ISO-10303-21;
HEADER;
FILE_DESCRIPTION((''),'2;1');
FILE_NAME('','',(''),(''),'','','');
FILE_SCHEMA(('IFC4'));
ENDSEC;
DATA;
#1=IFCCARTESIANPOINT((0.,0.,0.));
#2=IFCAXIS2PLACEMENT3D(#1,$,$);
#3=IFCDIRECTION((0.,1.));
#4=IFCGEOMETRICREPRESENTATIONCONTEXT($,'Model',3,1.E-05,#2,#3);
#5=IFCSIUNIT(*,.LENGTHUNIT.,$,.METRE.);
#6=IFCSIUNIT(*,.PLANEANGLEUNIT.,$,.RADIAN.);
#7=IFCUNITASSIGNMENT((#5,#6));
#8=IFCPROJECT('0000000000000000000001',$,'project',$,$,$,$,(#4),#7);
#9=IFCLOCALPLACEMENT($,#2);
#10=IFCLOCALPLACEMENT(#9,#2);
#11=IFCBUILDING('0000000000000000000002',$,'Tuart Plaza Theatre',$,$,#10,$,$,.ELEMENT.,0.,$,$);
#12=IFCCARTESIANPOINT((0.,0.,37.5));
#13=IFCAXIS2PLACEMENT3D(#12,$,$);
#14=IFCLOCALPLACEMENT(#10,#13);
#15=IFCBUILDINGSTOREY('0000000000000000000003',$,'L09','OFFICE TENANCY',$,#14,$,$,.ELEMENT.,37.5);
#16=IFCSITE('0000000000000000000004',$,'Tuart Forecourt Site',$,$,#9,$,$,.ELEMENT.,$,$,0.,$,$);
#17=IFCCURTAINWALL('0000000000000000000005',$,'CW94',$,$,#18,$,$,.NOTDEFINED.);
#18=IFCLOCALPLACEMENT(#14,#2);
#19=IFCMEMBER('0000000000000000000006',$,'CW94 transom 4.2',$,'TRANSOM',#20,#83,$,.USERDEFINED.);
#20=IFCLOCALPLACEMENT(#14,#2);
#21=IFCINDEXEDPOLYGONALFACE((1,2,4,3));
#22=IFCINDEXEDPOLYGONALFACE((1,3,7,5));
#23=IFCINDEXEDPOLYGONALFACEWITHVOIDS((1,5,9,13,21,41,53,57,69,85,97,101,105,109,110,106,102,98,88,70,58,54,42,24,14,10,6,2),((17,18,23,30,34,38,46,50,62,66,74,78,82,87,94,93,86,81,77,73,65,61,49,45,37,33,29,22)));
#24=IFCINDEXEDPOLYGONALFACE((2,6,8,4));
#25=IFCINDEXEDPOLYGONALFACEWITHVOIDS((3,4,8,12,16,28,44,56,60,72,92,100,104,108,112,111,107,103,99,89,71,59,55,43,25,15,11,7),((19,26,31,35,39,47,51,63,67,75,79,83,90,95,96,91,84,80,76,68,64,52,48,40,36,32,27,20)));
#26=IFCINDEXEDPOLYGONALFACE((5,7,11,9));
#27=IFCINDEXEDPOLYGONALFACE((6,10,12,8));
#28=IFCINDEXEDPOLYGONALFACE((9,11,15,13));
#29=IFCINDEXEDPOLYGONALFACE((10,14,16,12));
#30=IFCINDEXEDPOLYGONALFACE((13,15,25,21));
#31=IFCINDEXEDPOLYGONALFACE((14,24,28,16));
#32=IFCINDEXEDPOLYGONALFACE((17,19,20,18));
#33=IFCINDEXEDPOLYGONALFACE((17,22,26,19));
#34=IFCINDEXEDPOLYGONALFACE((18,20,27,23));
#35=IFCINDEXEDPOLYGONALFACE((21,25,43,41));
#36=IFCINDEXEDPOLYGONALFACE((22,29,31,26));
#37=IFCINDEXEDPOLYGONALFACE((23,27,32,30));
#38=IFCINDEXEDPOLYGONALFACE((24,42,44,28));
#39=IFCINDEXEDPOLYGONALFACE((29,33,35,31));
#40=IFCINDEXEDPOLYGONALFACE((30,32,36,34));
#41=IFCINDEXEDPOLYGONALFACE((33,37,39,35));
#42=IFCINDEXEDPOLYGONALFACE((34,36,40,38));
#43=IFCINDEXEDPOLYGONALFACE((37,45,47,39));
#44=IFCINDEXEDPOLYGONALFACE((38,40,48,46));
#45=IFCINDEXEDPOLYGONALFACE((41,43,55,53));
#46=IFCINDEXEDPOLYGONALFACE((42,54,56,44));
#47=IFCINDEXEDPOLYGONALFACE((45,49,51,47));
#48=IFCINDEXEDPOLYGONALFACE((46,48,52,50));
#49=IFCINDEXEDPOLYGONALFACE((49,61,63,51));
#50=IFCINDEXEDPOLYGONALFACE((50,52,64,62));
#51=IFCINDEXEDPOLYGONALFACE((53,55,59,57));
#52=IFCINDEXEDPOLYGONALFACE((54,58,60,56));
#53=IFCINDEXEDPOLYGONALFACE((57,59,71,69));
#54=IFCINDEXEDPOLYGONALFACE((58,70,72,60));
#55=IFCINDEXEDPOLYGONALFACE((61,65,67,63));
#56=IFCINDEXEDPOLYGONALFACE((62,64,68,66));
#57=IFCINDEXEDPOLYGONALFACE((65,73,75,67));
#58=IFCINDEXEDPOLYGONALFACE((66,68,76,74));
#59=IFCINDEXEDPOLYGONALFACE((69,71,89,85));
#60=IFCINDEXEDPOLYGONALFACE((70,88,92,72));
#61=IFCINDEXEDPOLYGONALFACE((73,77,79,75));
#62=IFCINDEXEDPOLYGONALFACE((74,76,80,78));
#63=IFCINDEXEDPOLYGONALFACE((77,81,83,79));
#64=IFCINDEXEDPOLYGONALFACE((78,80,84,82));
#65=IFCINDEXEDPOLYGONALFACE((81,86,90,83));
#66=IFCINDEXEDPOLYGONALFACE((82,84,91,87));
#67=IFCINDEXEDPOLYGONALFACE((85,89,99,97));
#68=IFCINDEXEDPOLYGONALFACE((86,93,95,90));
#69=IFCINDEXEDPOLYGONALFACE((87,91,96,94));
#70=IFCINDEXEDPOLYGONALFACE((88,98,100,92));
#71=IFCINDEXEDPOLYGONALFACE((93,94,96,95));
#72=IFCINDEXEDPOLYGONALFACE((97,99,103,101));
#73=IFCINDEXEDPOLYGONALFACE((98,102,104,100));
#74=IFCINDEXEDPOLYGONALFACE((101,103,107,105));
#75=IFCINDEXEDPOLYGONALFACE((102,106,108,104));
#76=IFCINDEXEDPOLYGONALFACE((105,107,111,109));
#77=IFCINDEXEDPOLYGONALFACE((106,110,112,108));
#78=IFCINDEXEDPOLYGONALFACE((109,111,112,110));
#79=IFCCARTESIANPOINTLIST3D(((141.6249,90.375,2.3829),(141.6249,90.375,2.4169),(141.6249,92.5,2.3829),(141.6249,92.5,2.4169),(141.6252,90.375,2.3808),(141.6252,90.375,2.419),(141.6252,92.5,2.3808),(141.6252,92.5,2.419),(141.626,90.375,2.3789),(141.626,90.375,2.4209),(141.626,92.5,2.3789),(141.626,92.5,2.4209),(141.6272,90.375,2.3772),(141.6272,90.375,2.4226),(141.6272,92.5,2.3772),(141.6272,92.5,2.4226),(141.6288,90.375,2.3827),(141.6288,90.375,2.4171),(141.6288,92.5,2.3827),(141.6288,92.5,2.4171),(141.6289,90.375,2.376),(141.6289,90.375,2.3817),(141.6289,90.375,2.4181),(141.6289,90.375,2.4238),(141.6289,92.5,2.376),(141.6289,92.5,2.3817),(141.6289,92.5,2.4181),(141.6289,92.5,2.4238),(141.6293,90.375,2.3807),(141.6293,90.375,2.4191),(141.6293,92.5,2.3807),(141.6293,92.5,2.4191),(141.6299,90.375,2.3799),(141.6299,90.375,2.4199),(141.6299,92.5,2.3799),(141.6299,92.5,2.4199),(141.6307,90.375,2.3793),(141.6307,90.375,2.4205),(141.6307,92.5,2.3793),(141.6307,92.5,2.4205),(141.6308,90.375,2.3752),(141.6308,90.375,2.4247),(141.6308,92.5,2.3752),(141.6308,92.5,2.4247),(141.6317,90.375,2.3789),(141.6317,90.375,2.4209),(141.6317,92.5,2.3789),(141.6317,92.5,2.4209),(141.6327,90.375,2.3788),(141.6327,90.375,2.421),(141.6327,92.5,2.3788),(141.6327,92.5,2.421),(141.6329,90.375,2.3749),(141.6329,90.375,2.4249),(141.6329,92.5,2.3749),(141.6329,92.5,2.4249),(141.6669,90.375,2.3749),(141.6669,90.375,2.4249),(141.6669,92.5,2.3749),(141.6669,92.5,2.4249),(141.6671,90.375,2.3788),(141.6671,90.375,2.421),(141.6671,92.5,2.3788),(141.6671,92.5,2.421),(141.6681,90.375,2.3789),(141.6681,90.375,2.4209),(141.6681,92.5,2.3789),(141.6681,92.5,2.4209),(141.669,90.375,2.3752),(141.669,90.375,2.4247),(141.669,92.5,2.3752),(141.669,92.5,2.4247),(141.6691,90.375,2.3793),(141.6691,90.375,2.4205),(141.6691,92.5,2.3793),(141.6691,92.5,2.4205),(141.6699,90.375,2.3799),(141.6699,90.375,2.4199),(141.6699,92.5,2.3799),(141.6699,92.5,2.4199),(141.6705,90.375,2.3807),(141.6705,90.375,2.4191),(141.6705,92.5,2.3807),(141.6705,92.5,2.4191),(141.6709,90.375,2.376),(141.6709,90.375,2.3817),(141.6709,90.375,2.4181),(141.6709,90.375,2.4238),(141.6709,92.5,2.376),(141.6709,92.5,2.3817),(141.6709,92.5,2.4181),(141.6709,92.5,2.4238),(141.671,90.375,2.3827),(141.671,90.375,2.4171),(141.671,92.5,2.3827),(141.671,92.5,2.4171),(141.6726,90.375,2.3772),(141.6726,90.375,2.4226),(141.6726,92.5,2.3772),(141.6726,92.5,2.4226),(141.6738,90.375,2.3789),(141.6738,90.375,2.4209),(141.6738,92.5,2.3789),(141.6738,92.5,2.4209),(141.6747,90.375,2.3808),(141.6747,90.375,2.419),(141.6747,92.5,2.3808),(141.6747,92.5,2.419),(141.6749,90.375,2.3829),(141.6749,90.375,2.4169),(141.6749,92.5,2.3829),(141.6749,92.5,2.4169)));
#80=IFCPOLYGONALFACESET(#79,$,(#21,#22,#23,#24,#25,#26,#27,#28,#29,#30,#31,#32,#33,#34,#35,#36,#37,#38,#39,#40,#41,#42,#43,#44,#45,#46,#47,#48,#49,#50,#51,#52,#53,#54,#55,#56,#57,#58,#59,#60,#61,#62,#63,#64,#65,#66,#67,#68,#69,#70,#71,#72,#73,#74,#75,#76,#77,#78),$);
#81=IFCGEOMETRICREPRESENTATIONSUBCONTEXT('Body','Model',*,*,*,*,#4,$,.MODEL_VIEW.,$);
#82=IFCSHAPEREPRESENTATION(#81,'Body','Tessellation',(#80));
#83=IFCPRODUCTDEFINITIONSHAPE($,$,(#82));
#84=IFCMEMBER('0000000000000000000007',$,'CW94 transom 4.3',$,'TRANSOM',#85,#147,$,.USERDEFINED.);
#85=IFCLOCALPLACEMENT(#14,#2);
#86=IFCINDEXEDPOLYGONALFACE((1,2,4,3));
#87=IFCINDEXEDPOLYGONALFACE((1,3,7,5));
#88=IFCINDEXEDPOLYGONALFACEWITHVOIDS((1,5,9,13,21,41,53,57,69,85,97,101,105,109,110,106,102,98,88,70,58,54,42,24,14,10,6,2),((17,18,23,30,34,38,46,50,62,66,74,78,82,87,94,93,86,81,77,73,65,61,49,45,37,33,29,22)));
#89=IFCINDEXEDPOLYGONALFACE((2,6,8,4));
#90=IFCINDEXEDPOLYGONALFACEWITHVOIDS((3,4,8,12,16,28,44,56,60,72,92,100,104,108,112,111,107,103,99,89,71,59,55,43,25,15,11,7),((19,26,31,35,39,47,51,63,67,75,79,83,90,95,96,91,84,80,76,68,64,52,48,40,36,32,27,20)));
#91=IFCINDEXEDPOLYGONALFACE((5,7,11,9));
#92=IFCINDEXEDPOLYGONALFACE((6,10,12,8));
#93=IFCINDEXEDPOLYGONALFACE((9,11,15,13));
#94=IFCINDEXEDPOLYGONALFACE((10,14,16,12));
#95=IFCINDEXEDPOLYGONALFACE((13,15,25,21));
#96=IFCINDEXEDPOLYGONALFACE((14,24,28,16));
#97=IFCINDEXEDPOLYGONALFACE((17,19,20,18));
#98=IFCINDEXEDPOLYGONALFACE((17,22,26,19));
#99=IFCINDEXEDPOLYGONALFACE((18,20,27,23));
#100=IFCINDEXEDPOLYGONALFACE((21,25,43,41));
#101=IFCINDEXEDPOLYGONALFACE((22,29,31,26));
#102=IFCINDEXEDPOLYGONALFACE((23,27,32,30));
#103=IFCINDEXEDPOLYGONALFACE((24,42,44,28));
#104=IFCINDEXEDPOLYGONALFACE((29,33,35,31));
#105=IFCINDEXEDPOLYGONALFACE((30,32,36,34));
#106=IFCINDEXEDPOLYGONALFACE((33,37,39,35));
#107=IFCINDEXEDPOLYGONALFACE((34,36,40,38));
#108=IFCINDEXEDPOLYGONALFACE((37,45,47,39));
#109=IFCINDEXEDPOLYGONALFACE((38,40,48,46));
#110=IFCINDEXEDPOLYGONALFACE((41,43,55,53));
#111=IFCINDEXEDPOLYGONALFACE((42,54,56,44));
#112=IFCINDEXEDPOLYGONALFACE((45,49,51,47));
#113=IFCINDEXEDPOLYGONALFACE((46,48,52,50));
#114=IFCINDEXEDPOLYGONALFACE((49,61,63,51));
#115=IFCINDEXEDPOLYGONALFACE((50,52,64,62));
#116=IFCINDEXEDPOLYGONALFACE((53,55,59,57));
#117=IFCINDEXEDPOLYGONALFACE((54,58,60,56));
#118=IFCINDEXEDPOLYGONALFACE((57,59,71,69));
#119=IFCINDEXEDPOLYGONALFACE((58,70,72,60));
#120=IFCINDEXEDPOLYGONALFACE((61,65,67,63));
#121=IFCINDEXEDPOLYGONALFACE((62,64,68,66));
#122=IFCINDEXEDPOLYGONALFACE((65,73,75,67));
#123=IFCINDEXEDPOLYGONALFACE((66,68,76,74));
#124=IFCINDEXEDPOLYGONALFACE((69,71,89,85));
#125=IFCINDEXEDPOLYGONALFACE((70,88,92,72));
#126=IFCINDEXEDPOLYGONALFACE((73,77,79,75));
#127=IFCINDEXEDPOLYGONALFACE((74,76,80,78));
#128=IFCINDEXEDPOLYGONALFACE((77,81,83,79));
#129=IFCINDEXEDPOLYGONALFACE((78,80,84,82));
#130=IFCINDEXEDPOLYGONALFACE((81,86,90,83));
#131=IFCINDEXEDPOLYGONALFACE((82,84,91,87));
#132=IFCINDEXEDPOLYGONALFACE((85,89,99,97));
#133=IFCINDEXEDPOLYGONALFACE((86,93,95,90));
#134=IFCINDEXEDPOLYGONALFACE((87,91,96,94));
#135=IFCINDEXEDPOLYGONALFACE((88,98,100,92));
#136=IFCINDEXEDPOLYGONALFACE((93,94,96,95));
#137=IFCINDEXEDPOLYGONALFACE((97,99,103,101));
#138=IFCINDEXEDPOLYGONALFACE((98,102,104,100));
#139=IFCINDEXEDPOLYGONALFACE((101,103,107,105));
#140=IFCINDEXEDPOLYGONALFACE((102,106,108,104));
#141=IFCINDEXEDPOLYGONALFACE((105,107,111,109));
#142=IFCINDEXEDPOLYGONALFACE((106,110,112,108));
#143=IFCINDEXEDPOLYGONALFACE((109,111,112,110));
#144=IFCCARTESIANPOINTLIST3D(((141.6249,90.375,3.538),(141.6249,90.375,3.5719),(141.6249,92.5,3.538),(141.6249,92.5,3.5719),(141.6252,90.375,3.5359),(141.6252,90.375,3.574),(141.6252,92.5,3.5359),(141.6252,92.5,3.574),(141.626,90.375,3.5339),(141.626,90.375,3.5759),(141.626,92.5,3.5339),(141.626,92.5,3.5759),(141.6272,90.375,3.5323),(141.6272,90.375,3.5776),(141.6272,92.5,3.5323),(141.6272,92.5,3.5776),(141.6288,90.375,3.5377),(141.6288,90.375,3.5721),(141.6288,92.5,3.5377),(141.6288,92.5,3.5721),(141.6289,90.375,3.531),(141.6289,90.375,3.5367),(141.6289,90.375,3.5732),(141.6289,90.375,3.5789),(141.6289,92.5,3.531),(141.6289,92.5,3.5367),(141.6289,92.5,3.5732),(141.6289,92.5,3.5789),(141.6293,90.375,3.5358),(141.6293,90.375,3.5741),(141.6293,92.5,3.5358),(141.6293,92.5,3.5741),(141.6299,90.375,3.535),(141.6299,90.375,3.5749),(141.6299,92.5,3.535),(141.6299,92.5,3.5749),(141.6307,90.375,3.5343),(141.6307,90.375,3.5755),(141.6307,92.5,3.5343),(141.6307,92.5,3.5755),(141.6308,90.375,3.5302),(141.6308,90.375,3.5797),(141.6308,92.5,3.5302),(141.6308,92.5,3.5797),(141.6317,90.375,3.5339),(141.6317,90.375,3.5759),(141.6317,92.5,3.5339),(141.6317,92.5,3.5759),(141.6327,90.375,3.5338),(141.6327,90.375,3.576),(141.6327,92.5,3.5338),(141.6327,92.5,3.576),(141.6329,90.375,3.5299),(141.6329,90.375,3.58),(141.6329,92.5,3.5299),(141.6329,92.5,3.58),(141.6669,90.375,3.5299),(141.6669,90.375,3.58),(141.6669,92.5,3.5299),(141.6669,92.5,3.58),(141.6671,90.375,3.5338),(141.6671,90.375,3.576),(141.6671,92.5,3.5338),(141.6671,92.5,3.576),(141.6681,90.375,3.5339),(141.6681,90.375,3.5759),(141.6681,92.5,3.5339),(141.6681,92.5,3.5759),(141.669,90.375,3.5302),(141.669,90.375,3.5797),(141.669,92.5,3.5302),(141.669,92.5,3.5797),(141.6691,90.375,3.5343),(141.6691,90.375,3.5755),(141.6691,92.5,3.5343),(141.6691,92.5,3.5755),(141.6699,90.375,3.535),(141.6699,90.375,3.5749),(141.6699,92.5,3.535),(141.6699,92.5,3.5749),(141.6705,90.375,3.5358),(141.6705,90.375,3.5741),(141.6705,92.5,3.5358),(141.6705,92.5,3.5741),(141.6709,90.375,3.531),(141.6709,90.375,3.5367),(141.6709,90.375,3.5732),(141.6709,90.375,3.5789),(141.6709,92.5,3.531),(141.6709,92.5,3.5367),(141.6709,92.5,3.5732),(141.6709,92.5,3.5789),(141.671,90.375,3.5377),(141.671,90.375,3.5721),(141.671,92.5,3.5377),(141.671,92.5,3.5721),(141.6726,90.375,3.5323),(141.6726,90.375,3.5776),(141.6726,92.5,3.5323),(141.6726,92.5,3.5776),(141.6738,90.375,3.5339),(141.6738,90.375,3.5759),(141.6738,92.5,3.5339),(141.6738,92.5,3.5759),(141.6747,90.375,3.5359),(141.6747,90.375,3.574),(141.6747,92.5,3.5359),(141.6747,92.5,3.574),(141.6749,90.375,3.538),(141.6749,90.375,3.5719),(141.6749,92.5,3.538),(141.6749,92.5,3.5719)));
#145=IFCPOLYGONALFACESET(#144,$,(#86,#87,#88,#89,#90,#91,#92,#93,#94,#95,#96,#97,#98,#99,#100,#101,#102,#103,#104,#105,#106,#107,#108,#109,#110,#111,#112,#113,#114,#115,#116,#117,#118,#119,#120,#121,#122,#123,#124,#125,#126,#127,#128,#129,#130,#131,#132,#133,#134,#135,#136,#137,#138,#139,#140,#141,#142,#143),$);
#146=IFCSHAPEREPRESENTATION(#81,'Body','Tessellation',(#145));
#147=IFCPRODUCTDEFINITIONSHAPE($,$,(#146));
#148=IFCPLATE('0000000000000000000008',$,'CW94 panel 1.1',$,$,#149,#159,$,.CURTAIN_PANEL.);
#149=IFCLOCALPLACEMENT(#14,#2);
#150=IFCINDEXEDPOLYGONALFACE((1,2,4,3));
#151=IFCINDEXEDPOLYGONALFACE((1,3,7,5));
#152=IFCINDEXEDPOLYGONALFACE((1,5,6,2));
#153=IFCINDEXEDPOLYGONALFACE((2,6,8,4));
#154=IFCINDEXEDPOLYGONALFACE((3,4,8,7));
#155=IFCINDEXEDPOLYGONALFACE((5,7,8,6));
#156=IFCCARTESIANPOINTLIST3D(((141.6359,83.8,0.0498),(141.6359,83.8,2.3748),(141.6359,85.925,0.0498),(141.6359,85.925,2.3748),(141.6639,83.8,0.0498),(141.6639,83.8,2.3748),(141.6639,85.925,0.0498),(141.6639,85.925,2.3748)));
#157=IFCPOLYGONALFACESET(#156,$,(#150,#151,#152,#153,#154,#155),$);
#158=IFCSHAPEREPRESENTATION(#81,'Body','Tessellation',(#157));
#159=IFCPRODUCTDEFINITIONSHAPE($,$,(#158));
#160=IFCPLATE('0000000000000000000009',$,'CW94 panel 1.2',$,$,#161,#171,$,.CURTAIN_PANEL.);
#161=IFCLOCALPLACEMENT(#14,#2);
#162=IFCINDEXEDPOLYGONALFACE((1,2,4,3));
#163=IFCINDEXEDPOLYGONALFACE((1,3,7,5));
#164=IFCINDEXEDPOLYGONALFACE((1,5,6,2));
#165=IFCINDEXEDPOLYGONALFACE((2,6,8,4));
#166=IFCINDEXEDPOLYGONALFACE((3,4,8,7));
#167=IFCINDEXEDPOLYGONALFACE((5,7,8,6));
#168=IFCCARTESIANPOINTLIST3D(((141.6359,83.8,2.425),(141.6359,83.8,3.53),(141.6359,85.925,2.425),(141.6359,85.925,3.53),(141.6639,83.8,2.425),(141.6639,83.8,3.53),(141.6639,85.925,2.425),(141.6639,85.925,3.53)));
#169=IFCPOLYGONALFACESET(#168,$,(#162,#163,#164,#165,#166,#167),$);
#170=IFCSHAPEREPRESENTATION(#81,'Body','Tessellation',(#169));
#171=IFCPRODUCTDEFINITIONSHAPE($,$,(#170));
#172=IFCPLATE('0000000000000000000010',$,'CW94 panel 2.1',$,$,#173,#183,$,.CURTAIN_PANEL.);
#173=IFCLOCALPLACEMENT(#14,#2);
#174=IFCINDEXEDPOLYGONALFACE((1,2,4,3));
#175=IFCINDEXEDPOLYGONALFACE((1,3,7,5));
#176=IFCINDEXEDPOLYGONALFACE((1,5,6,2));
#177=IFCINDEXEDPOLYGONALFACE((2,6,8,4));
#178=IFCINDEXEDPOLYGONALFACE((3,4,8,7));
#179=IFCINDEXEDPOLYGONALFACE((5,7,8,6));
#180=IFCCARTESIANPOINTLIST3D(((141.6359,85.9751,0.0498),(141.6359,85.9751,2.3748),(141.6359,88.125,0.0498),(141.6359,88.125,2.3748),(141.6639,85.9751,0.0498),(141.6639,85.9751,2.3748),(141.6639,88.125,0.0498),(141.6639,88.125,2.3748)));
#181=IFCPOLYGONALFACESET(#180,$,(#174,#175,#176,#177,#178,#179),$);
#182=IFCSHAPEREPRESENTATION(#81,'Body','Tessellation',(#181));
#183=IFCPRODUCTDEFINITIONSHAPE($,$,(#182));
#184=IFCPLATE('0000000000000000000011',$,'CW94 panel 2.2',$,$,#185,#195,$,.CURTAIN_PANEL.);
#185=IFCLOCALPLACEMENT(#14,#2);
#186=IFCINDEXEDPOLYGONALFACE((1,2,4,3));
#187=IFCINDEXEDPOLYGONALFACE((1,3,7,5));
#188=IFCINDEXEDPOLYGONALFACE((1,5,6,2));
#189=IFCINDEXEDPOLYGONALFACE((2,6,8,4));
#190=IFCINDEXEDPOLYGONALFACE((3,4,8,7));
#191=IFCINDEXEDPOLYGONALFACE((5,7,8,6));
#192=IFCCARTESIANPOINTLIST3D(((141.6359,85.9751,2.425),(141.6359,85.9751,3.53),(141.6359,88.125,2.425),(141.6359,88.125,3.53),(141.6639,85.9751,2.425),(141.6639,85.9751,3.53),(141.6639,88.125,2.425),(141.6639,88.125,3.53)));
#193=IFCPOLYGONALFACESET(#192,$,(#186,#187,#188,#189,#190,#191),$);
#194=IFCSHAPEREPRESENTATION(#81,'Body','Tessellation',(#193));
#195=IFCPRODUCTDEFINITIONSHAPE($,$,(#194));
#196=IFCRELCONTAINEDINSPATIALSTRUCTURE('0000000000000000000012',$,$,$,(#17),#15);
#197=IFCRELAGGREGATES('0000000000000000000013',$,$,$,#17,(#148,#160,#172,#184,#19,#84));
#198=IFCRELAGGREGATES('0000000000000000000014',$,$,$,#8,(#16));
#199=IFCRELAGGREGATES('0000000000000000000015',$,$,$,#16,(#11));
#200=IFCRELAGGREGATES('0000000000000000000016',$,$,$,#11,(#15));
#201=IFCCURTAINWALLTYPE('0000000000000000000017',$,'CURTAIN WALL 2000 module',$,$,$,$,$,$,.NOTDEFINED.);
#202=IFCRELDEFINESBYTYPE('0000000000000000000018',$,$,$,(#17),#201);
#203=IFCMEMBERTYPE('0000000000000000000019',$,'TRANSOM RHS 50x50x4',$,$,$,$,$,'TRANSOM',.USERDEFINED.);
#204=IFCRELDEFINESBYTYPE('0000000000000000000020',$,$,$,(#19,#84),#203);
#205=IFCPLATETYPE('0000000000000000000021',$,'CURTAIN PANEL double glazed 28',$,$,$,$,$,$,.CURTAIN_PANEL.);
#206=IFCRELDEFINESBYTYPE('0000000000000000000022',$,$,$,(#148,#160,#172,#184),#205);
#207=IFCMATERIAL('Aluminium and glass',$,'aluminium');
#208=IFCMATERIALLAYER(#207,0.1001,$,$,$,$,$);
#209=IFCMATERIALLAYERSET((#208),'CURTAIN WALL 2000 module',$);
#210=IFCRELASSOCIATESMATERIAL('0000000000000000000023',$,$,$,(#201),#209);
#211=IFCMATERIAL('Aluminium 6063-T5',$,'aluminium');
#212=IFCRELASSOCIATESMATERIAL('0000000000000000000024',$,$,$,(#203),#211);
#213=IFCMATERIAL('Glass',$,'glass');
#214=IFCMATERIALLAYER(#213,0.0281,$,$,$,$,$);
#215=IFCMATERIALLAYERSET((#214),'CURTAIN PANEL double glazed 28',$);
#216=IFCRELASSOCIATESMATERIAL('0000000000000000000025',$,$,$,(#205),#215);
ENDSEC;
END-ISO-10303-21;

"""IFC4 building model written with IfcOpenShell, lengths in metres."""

from ifc_helpers import new_model, si_unit, direction, frame, origin, origin_2d, place, context, subcontext, project, spatial, rectangle, hollow_rectangle, extrude, material, layer, layer_set, material_profile, profile_set, type_object, element, aggregate, save


model = new_model("IFC4")

# Units and contexts
model_context = context("Model", 3, precision=1e-05, world=origin(), true_north=direction((0.0, 1.0)))
body_context = subcontext(model_context, "Body", "Model", "MODEL_VIEW")
ifc_project = project(units=[si_unit("LENGTHUNIT", "METRE"), si_unit("PLANEANGLEUNIT", "RADIAN")], contexts=[model_context])

# Site, building, storey
site_placement = place(None, origin())
site = spatial("IfcSite", under=ifc_project, at=site_placement, Name="Tuart Forecourt Site", CompositionType="ELEMENT", RefElevation=0.0)
building_placement = place(site_placement, origin())
building = spatial("IfcBuilding", under=site, at=building_placement, Name="Tuart Plaza Theatre", CompositionType="ELEMENT", ElevationOfRefHeight=0.0)
storey_placement = place(building_placement, frame((0.0, 0.0, 37.5)))
storey = spatial("IfcBuildingStorey", under=building, at=storey_placement, Name="L09", Description="OFFICE TENANCY", CompositionType="ELEMENT", Elevation=37.5)

# Curtain wall, members, plates
ifc_material_1 = material(Name="Aluminium and glass", Category="aluminium")
ifc_layer_1 = layer(ifc_material_1, 0.1001)
ifc_layer_set_1 = layer_set([ifc_layer_1], Name="CURTAIN WALL 2000 module")
curtain_wall_type = type_object("IfcCurtainWallType", Name="CURTAIN WALL 2000 module", PredefinedType="NOTDEFINED", material=ifc_layer_set_1)
curtain_wall_placement = place(storey_placement, origin())
curtain_wall = element("IfcCurtainWall", 1, at=curtain_wall_placement, inside=storey, type_object=curtain_wall_type, Name="CW94", PredefinedType="NOTDEFINED")
ifc_material_2 = material(Name="Aluminium 6063-T5", Category="aluminium")
ifc_material_profile_1 = material_profile(ifc_material_2, hollow_rectangle(XDim=0.05, YDim=0.05, WallThickness=0.0039, InnerFilletRadius=0.0039, OuterFilletRadius=0.0081, at=origin_2d()), Name="RHS 50x50x4")
ifc_profile_set_1 = profile_set([ifc_material_profile_1], Name="Aluminium 6063-T5")
member_type_1 = type_object("IfcMemberType", Name="TRANSOM RHS 50x50x4", ElementType="TRANSOM", PredefinedType="USERDEFINED", material=ifc_profile_set_1)
member_1_placement = place(storey_placement, frame((141.6499, 90.375, 2.3999), z_axis=(0.0, 1.0, 0.0), x_axis=(-1.0, 0.0, 0.0)))
member_1 = element("IfcMember", 2, at=member_1_placement, type_object=member_type_1, Name="CW94 transom 4.2", ObjectType="TRANSOM", PredefinedType="USERDEFINED", context=body_context, shape_type="SweptSolid", body=[
    extrude(hollow_rectangle(XDim=0.05, YDim=0.05, WallThickness=0.0039, InnerFilletRadius=0.0039, OuterFilletRadius=0.0081, at=origin_2d()), origin(), (0.0, 0.0, 1.0), 2.125),
])
member_2_placement = place(storey_placement, frame((141.6499, 90.375, 3.5549), z_axis=(0.0, 1.0, 0.0), x_axis=(-1.0, 0.0, 0.0)))
member_2 = element("IfcMember", 3, at=member_2_placement, type_object=member_type_1, Name="CW94 transom 4.3", ObjectType="TRANSOM", PredefinedType="USERDEFINED", context=body_context, shape_type="SweptSolid", body=[
    extrude(hollow_rectangle(XDim=0.05, YDim=0.05, WallThickness=0.0039, InnerFilletRadius=0.0039, OuterFilletRadius=0.0081, at=origin_2d()), origin(), (0.0, 0.0, 1.0), 2.125),
])
ifc_material_3 = material(Name="Glass", Category="glass")
ifc_layer_2 = layer(ifc_material_3, 0.0281)
ifc_layer_set_2 = layer_set([ifc_layer_2], Name="CURTAIN PANEL double glazed 28")
plate_type = type_object("IfcPlateType", Name="CURTAIN PANEL double glazed 28", PredefinedType="CURTAIN_PANEL", material=ifc_layer_set_2)
plate_1_placement = place(storey_placement, frame((141.6499, 84.8625, 0.0498), z_axis=(0.0, 0.0, 1.0), x_axis=(0.0, 1.0, 0.0)))
plate_1 = element("IfcPlate", 4, at=plate_1_placement, type_object=plate_type, Name="CW94 panel 1.1", PredefinedType="CURTAIN_PANEL", context=body_context, shape_type="SweptSolid", body=[
    extrude(rectangle(XDim=2.125, YDim=0.0281, at=origin_2d()), origin(), (0.0, 0.0, 1.0), 2.325),
])
plate_2_placement = place(storey_placement, frame((141.6499, 84.8625, 2.425), z_axis=(0.0, 0.0, 1.0), x_axis=(0.0, 1.0, 0.0)))
plate_2 = element("IfcPlate", 5, at=plate_2_placement, type_object=plate_type, Name="CW94 panel 1.2", PredefinedType="CURTAIN_PANEL", context=body_context, shape_type="SweptSolid", body=[
    extrude(rectangle(XDim=2.125, YDim=0.0281, at=origin_2d()), origin(), (0.0, 0.0, 1.0), 1.105),
])
plate_3_placement = place(storey_placement, frame((141.6499, 87.05, 0.0498), z_axis=(0.0, 0.0, 1.0), x_axis=(0.0, 1.0, 0.0)))
plate_3 = element("IfcPlate", 6, at=plate_3_placement, type_object=plate_type, Name="CW94 panel 2.1", PredefinedType="CURTAIN_PANEL", context=body_context, shape_type="SweptSolid", body=[
    extrude(rectangle(XDim=2.1499, YDim=0.0281, at=origin_2d()), origin(), (0.0, 0.0, 1.0), 2.325),
])
plate_4_placement = place(storey_placement, frame((141.6499, 87.05, 2.425), z_axis=(0.0, 0.0, 1.0), x_axis=(0.0, 1.0, 0.0)))
plate_4 = element("IfcPlate", 7, at=plate_4_placement, type_object=plate_type, Name="CW94 panel 2.2", PredefinedType="CURTAIN_PANEL", context=body_context, shape_type="SweptSolid", body=[
    extrude(rectangle(XDim=2.1499, YDim=0.0281, at=origin_2d()), origin(), (0.0, 0.0, 1.0), 1.105),
])
aggregate(curtain_wall, [plate_1, plate_2, plate_3, plate_4, member_1, member_2])

save(model, "model.ifc")
